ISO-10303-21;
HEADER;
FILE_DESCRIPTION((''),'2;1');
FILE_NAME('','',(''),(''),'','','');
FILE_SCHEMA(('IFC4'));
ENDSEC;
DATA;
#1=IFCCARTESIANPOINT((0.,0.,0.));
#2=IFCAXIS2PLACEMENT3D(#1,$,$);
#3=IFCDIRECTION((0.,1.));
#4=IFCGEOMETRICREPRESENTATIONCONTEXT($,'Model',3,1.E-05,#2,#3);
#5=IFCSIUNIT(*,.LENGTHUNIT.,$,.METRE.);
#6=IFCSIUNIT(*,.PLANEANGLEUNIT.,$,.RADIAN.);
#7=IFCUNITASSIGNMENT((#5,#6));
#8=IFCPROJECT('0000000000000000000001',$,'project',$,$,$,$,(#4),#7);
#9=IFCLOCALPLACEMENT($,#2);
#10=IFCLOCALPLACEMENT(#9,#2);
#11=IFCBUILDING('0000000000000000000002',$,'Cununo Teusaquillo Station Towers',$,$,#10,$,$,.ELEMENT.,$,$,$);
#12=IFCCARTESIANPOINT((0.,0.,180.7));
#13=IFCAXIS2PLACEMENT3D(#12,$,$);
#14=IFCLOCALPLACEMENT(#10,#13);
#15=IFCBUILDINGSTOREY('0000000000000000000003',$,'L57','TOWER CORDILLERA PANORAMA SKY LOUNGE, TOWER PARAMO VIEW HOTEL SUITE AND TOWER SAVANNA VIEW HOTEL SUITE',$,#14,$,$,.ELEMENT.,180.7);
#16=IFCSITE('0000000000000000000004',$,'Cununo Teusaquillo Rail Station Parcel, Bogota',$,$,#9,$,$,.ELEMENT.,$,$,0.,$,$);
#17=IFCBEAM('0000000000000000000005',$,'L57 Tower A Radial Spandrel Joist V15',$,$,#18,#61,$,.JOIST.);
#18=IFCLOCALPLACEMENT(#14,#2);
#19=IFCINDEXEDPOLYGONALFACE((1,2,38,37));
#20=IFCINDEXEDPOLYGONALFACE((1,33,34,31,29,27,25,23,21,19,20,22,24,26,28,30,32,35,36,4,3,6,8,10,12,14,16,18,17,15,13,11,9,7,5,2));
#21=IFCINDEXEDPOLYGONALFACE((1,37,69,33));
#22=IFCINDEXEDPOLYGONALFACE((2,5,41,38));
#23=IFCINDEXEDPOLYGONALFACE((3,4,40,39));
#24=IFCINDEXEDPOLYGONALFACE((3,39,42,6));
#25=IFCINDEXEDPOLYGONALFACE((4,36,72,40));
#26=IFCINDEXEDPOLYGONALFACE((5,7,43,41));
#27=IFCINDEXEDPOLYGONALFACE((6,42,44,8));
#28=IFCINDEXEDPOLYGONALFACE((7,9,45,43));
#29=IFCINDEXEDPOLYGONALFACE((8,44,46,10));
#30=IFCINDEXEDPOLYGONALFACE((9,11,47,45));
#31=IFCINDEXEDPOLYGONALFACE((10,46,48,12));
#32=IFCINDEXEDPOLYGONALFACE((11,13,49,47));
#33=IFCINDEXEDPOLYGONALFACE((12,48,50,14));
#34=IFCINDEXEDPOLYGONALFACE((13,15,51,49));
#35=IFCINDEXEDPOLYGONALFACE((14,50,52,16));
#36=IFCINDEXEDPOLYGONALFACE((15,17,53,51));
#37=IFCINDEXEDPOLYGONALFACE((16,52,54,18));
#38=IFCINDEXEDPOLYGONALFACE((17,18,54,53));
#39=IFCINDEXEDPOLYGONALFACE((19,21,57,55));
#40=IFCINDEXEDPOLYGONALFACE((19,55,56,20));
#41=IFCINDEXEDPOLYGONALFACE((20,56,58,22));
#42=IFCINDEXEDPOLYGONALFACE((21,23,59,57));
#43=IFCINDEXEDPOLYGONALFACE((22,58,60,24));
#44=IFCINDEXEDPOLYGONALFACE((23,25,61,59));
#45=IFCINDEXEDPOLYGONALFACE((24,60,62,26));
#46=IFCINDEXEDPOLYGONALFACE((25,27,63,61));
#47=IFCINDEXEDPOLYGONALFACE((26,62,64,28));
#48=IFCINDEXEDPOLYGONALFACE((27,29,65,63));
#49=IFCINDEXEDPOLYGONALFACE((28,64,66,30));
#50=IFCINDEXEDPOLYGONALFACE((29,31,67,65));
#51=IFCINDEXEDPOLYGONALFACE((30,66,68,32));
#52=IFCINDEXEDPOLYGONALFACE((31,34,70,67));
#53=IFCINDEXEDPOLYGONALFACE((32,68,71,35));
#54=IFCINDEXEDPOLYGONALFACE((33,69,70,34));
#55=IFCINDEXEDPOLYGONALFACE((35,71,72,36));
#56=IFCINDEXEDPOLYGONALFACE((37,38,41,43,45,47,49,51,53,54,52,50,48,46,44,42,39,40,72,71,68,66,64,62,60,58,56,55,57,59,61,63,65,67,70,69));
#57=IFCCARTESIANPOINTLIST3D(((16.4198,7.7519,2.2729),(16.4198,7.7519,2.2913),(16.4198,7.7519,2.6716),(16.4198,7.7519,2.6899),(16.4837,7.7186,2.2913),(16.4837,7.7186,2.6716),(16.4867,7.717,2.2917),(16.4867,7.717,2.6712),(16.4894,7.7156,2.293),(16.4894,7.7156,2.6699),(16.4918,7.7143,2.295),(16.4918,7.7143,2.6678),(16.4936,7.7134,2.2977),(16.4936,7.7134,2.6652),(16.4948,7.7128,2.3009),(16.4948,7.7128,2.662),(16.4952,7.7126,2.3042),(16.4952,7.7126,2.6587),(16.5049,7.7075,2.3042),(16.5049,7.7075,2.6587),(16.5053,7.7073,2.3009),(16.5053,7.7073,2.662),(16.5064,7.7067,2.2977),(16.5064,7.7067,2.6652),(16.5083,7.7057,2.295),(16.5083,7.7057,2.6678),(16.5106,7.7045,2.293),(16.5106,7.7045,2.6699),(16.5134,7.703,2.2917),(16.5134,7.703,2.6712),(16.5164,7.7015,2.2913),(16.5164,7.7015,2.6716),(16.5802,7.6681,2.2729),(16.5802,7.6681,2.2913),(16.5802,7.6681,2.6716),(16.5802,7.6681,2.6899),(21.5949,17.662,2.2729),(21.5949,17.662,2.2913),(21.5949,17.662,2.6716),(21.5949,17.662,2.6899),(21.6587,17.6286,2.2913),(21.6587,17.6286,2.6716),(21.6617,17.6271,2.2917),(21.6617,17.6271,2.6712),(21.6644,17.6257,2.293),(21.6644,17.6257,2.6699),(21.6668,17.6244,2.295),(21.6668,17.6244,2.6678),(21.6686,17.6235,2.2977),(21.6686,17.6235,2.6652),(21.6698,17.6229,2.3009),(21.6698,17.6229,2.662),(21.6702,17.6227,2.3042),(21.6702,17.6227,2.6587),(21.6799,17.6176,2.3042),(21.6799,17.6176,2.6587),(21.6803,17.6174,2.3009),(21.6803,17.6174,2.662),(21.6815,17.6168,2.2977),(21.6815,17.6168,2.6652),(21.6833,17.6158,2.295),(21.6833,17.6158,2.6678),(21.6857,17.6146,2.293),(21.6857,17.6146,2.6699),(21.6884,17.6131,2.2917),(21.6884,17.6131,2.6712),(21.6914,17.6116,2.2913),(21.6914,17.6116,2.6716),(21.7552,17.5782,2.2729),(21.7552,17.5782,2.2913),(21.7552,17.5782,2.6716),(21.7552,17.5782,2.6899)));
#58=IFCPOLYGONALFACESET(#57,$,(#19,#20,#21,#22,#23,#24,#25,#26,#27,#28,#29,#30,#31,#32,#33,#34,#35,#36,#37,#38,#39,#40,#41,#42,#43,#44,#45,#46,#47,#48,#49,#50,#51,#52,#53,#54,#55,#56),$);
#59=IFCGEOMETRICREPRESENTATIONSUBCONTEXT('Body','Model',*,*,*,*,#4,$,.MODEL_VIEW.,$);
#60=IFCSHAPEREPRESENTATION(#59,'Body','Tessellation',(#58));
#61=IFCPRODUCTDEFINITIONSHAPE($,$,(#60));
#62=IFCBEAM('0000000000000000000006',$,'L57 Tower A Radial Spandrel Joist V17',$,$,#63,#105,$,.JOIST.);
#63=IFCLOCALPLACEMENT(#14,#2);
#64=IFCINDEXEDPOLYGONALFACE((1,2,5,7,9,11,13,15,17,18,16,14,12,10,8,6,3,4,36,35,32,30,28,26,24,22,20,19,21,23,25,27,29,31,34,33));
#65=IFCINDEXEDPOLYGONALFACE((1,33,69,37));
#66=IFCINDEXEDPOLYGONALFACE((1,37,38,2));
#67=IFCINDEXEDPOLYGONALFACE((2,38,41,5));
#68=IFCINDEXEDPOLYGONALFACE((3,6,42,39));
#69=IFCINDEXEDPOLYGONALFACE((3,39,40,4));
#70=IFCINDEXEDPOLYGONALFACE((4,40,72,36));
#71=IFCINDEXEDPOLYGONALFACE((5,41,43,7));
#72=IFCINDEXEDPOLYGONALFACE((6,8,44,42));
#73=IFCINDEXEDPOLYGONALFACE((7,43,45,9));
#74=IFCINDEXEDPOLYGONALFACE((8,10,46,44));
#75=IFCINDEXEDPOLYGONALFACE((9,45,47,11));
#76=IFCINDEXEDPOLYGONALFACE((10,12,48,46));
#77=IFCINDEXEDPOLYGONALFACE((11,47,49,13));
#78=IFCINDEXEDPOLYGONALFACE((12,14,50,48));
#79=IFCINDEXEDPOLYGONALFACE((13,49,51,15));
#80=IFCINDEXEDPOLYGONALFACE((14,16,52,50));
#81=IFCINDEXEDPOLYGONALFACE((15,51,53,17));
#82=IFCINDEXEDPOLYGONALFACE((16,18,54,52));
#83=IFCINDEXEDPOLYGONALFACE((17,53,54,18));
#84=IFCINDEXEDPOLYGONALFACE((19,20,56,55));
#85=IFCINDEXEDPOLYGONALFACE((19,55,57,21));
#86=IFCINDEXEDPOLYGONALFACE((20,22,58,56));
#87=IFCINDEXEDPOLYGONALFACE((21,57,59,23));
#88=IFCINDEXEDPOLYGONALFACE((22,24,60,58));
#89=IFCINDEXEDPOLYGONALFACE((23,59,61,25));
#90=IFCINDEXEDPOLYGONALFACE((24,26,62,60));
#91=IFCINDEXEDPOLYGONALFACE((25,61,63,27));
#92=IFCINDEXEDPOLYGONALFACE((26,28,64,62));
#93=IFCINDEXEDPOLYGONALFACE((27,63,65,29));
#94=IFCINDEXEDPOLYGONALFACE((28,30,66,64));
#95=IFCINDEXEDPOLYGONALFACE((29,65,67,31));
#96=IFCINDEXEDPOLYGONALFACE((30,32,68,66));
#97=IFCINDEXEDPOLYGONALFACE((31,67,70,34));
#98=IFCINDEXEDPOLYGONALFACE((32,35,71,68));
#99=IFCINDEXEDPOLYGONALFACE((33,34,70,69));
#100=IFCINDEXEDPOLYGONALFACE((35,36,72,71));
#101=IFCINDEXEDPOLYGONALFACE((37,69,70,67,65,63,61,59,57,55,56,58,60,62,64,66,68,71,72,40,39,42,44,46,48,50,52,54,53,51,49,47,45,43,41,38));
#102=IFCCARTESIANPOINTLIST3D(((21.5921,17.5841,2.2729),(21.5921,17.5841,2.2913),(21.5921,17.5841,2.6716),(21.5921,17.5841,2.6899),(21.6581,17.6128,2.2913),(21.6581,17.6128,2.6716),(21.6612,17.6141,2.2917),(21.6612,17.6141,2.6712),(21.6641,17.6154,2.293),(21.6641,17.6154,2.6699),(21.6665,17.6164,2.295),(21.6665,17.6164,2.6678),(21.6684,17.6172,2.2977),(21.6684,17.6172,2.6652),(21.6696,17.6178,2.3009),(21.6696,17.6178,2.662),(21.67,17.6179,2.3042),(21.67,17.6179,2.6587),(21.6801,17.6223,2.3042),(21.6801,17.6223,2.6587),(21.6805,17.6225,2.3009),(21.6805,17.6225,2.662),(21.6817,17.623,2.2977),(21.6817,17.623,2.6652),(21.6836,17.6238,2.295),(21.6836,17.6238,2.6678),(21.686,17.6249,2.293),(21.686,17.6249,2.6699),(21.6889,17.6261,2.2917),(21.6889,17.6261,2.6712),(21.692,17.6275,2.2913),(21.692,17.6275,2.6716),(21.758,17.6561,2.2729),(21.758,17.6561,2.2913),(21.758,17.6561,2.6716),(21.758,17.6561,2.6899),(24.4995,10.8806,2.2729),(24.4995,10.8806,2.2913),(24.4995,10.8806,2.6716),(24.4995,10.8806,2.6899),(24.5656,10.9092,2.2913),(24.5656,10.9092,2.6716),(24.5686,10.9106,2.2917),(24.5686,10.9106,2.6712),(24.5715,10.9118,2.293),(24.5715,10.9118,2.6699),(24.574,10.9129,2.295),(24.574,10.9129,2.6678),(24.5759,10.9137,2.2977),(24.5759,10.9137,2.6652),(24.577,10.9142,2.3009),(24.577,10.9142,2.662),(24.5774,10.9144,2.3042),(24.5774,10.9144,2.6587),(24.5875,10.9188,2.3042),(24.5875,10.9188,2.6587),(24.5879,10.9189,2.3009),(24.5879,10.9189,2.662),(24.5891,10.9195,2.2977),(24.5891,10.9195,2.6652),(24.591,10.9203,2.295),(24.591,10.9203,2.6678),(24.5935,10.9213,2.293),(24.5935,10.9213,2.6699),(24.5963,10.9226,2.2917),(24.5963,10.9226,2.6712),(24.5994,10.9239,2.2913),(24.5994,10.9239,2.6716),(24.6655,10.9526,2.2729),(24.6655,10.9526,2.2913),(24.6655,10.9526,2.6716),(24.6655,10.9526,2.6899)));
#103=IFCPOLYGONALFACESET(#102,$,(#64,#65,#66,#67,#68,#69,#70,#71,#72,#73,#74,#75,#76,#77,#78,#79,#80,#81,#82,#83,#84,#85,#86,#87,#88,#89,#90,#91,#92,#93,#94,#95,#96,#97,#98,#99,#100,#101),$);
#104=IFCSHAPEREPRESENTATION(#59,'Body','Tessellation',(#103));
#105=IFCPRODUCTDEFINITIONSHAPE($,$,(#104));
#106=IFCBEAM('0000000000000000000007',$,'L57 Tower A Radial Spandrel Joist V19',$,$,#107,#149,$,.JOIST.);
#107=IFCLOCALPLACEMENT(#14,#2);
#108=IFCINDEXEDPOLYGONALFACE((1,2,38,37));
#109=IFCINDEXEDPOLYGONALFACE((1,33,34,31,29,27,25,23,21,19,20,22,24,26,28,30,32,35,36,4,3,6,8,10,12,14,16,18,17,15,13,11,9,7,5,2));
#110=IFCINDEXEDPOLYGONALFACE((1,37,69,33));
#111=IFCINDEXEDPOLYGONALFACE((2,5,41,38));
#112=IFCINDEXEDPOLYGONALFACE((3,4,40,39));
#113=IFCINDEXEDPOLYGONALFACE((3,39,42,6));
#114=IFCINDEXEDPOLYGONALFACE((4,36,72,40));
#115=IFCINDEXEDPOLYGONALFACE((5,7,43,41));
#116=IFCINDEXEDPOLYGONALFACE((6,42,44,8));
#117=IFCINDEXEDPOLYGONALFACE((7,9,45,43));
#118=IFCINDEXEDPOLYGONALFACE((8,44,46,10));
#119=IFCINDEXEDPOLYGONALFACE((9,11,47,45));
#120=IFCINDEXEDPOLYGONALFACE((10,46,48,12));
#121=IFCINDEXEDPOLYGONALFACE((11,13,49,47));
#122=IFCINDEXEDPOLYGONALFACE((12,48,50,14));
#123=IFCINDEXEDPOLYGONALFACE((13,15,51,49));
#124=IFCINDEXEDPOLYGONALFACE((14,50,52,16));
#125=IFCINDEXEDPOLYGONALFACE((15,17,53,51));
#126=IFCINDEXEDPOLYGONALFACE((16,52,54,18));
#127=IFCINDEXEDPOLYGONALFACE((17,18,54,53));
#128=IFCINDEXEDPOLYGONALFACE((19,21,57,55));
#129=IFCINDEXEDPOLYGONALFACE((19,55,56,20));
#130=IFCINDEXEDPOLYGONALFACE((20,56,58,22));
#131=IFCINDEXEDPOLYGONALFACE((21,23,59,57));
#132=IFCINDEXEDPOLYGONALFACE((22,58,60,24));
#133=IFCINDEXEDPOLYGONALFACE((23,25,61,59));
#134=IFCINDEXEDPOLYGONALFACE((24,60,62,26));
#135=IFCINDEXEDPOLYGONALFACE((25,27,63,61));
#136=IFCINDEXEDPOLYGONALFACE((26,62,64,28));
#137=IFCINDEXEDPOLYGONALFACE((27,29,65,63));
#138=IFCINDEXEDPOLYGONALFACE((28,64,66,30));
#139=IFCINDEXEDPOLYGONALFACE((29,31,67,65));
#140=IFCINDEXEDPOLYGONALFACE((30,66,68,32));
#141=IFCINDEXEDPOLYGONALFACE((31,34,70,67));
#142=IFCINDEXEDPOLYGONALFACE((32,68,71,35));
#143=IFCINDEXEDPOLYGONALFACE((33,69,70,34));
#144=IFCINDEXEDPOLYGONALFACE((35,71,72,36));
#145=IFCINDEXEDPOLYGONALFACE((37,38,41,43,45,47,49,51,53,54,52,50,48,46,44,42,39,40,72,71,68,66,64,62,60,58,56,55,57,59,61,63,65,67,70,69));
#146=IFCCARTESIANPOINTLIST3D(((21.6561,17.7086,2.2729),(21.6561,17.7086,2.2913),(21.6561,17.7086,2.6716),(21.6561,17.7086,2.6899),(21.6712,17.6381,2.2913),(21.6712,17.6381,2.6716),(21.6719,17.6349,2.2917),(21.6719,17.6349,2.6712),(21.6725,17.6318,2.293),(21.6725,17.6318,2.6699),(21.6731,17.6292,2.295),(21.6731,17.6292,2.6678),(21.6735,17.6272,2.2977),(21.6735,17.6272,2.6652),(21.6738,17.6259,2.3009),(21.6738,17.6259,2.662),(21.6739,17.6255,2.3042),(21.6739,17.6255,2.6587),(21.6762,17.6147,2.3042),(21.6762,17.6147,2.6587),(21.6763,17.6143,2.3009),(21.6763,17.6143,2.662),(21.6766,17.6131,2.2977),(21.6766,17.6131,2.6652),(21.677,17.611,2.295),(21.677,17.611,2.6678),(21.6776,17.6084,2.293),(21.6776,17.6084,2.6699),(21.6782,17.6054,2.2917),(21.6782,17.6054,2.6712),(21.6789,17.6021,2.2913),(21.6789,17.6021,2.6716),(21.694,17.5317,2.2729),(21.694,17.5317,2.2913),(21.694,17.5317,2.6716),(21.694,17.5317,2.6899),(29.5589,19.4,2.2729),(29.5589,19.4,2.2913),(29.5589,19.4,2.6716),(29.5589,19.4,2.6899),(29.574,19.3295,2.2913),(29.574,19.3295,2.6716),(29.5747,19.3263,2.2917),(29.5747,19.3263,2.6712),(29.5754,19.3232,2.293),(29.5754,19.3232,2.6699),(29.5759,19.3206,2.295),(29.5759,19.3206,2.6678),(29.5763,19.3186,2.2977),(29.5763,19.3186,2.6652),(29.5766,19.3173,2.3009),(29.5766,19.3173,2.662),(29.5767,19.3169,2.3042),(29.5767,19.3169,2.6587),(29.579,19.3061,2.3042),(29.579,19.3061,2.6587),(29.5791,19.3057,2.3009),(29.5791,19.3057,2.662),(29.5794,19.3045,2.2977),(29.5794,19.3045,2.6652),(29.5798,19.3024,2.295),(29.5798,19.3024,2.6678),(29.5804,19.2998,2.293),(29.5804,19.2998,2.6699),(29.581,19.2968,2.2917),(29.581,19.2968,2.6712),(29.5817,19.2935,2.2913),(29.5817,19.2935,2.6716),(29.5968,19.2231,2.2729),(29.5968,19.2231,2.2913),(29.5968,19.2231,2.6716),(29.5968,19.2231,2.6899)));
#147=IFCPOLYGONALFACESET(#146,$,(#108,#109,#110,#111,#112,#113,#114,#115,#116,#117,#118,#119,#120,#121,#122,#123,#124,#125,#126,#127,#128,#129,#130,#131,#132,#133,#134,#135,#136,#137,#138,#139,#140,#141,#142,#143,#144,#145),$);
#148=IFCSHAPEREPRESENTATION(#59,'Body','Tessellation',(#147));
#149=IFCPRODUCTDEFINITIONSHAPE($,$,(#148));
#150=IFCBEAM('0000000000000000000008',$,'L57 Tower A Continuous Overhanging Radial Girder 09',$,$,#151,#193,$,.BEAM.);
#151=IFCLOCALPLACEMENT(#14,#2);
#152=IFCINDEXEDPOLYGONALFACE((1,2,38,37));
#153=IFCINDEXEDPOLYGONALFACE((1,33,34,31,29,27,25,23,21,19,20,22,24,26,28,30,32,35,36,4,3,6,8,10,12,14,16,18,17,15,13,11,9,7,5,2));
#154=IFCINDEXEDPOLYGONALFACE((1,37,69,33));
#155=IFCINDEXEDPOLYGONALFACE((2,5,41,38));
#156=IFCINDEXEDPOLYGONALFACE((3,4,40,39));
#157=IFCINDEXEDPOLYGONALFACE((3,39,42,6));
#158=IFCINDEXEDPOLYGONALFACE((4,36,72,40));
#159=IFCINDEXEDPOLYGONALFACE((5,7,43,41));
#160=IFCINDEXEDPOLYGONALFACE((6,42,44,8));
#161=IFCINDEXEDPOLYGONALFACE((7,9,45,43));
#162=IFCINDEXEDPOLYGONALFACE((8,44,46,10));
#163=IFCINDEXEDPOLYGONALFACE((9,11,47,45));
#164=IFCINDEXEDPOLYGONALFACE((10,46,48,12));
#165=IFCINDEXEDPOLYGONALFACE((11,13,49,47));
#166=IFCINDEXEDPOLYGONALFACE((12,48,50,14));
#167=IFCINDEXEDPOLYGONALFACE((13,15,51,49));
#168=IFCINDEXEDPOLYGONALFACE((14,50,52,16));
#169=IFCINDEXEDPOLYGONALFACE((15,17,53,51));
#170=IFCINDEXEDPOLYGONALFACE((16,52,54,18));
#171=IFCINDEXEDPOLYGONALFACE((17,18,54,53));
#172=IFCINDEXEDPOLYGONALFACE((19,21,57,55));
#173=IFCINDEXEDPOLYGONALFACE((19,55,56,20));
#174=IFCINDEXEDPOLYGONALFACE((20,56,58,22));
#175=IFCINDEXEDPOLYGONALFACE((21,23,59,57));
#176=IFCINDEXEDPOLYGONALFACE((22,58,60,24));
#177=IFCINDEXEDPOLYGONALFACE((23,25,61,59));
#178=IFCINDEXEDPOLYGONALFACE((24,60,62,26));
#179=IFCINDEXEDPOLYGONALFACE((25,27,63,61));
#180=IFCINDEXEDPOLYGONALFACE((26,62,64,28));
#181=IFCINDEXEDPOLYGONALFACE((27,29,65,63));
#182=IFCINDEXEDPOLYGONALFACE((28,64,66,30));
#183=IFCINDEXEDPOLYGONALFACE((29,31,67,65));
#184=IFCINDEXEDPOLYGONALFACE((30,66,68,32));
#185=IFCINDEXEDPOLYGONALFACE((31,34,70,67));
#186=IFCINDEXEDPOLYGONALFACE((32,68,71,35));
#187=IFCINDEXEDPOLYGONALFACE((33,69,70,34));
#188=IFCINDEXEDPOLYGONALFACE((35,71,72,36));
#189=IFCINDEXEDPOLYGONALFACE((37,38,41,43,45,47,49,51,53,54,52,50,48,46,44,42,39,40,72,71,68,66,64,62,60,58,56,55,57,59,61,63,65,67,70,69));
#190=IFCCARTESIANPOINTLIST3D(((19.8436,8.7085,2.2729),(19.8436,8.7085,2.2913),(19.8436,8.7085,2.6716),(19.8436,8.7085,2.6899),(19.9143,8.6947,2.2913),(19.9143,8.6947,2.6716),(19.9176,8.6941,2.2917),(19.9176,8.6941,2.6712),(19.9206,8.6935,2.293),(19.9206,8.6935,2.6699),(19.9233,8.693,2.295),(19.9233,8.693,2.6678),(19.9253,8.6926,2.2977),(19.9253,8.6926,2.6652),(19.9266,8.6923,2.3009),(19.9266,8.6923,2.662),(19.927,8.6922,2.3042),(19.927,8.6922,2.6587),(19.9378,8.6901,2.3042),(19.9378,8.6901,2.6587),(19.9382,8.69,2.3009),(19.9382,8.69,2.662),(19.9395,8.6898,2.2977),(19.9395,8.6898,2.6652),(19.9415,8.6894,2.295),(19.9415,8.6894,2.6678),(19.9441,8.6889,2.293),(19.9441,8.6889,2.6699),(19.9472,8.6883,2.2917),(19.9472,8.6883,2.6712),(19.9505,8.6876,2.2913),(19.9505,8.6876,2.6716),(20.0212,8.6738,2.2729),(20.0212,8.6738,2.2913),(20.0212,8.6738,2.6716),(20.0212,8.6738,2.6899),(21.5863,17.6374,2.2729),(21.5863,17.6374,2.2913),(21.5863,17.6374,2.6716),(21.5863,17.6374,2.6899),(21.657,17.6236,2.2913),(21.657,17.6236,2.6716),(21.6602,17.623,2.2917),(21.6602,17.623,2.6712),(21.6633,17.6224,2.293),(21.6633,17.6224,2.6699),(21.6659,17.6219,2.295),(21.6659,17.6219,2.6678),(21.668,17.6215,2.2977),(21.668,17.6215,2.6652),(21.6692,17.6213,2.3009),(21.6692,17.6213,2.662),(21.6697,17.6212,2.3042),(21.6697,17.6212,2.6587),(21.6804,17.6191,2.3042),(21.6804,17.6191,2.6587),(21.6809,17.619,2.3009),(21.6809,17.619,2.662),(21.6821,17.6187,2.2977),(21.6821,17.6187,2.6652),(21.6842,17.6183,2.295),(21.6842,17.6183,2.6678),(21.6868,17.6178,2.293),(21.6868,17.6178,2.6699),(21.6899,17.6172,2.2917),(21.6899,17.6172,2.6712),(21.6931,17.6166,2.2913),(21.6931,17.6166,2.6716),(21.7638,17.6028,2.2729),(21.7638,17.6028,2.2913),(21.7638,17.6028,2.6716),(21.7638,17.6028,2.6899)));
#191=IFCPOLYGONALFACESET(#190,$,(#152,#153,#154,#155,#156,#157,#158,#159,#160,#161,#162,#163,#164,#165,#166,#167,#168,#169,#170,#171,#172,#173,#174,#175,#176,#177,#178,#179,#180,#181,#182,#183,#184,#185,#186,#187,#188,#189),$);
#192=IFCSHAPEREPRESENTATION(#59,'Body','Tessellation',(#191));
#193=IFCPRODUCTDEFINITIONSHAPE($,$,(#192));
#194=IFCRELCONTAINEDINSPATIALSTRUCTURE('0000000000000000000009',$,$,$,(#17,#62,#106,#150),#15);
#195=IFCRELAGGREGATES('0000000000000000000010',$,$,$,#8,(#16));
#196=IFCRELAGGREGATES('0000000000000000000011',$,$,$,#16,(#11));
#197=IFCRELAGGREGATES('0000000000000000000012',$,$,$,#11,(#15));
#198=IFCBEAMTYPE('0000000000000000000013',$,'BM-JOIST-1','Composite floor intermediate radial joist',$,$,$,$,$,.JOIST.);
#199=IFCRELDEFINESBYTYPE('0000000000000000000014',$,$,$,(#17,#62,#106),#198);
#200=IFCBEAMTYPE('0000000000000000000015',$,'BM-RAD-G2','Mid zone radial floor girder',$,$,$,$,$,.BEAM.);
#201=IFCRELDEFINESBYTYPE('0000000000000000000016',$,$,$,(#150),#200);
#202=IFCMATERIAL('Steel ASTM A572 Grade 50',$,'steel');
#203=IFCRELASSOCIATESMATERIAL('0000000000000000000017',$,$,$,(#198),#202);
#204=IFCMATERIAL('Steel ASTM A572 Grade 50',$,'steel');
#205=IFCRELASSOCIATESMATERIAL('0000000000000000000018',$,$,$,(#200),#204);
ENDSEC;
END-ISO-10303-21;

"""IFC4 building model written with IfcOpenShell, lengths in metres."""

from ifc_helpers import new_model, si_unit, direction, frame, origin, origin_2d, place, context, subcontext, project, spatial, i_section, extrude, material, material_profile, profile_set, type_object, element, save


model = new_model("IFC4")

# Units and contexts
model_context = context("Model", 3, precision=1e-05, world=origin(), true_north=direction((0.0, 1.0)))
body_context = subcontext(model_context, "Body", "Model", "MODEL_VIEW")
ifc_project = project(units=[si_unit("LENGTHUNIT", "METRE"), si_unit("PLANEANGLEUNIT", "RADIAN")], contexts=[model_context])

# Site, building, storey
site_placement = place(None, origin())
site = spatial("IfcSite", under=ifc_project, at=site_placement, Name="Cununo Teusaquillo Rail Station Parcel, Bogota", CompositionType="ELEMENT", RefElevation=0.0)
building_placement = place(site_placement, origin())
building = spatial("IfcBuilding", under=site, at=building_placement, Name="Cununo Teusaquillo Station Towers", CompositionType="ELEMENT")
storey_placement = place(building_placement, frame((0.0, 0.0, 180.7)))
storey = spatial("IfcBuildingStorey", under=building, at=storey_placement, Name="L57", Description="TOWER CORDILLERA PANORAMA SKY LOUNGE, TOWER PARAMO VIEW HOTEL SUITE AND TOWER SAVANNA VIEW HOTEL SUITE", CompositionType="ELEMENT", Elevation=180.7)

# Beams
ifc_material_1 = material(Name="Steel ASTM A572 Grade 50", Category="steel")
ifc_material_profile_1 = material_profile(ifc_material_1, i_section(OverallWidth=0.1809, OverallDepth=0.417, WebThickness=0.011, FlangeThickness=0.0183, FilletRadius=0.0129, at=origin_2d()), Name="W16X57")
ifc_profile_set_1 = profile_set([ifc_material_profile_1], Name="Steel ASTM A572 Grade 50")
beam_type_1 = type_object("IfcBeamType", Name="BM-JOIST-1", Description="Composite floor intermediate radial joist", PredefinedType="JOIST", material=ifc_profile_set_1)
beam_1_placement = place(storey_placement, frame((21.675, 17.6201, 2.4814), z_axis=(-0.462885, -0.886419, 0.0), x_axis=(0.886419, -0.462885, 0.0)))
element("IfcBeam", 1, at=beam_1_placement, inside=storey, type_object=beam_type_1, Name="L57 Tower A Radial Spandrel Joist V15", PredefinedType="JOIST", context=body_context, shape_type="SweptSolid", body=[
    extrude(i_section(OverallWidth=0.1809, OverallDepth=0.417, WebThickness=0.011, FlangeThickness=0.0183, FilletRadius=0.0129, at=origin_2d()), origin(), (0.0, 0.0, 1.0), 11.1799),
])
beam_2_placement = place(storey_placement, frame((21.675, 17.6201, 2.4814), z_axis=(0.397904, -0.917427, 0.0), x_axis=(0.917427, 0.397904, 0.0)))
element("IfcBeam", 2, at=beam_2_placement, inside=storey, type_object=beam_type_1, Name="L57 Tower A Radial Spandrel Joist V17", PredefinedType="JOIST", context=body_context, shape_type="SweptSolid", body=[
    extrude(i_section(OverallWidth=0.1809, OverallDepth=0.417, WebThickness=0.011, FlangeThickness=0.0183, FilletRadius=0.0129, at=origin_2d()), origin(), (0.0, 0.0, 1.0), 7.3069),
])
beam_3_placement = place(storey_placement, frame((21.675, 17.6201, 2.4814), z_axis=(0.977855, 0.209286, 0.0), x_axis=(-0.209286, 0.977855, 0.0)))
element("IfcBeam", 3, at=beam_3_placement, inside=storey, type_object=beam_type_1, Name="L57 Tower A Radial Spandrel Joist V19", PredefinedType="JOIST", context=body_context, shape_type="SweptSolid", body=[
    extrude(i_section(OverallWidth=0.1809, OverallDepth=0.417, WebThickness=0.011, FlangeThickness=0.0183, FilletRadius=0.0129, at=origin_2d()), origin(), (0.0, 0.0, 1.0), 8.0818),
])
ifc_material_2 = material(Name="Steel ASTM A572 Grade 50", Category="steel")
ifc_material_profile_2 = material_profile(ifc_material_2, i_section(OverallWidth=0.1809, OverallDepth=0.417, WebThickness=0.011, FlangeThickness=0.0183, FilletRadius=0.0129, at=origin_2d()), Name="W16X57")
ifc_profile_set_2 = profile_set([ifc_material_profile_2], Name="Steel ASTM A572 Grade 50")
beam_type_2 = type_object("IfcBeamType", Name="BM-RAD-G2", Description="Mid zone radial floor girder", PredefinedType="BEAM", material=ifc_profile_set_2)
beam_4_placement = place(storey_placement, frame((21.675, 17.6201, 2.4814), z_axis=(-0.191557, -0.981481, 0.0), x_axis=(0.981481, -0.191557, 0.0)))
element("IfcBeam", 4, at=beam_4_placement, inside=storey, type_object=beam_type_2, Name="L57 Tower A Continuous Overhanging Radial Girder 09", PredefinedType="BEAM", context=body_context, shape_type="SweptSolid", body=[
    extrude(i_section(OverallWidth=0.1809, OverallDepth=0.417, WebThickness=0.011, FlangeThickness=0.0183, FilletRadius=0.0129, at=origin_2d()), origin(), (0.0, 0.0, 1.0), 9.0974),
])

save(model, "model.ifc")
